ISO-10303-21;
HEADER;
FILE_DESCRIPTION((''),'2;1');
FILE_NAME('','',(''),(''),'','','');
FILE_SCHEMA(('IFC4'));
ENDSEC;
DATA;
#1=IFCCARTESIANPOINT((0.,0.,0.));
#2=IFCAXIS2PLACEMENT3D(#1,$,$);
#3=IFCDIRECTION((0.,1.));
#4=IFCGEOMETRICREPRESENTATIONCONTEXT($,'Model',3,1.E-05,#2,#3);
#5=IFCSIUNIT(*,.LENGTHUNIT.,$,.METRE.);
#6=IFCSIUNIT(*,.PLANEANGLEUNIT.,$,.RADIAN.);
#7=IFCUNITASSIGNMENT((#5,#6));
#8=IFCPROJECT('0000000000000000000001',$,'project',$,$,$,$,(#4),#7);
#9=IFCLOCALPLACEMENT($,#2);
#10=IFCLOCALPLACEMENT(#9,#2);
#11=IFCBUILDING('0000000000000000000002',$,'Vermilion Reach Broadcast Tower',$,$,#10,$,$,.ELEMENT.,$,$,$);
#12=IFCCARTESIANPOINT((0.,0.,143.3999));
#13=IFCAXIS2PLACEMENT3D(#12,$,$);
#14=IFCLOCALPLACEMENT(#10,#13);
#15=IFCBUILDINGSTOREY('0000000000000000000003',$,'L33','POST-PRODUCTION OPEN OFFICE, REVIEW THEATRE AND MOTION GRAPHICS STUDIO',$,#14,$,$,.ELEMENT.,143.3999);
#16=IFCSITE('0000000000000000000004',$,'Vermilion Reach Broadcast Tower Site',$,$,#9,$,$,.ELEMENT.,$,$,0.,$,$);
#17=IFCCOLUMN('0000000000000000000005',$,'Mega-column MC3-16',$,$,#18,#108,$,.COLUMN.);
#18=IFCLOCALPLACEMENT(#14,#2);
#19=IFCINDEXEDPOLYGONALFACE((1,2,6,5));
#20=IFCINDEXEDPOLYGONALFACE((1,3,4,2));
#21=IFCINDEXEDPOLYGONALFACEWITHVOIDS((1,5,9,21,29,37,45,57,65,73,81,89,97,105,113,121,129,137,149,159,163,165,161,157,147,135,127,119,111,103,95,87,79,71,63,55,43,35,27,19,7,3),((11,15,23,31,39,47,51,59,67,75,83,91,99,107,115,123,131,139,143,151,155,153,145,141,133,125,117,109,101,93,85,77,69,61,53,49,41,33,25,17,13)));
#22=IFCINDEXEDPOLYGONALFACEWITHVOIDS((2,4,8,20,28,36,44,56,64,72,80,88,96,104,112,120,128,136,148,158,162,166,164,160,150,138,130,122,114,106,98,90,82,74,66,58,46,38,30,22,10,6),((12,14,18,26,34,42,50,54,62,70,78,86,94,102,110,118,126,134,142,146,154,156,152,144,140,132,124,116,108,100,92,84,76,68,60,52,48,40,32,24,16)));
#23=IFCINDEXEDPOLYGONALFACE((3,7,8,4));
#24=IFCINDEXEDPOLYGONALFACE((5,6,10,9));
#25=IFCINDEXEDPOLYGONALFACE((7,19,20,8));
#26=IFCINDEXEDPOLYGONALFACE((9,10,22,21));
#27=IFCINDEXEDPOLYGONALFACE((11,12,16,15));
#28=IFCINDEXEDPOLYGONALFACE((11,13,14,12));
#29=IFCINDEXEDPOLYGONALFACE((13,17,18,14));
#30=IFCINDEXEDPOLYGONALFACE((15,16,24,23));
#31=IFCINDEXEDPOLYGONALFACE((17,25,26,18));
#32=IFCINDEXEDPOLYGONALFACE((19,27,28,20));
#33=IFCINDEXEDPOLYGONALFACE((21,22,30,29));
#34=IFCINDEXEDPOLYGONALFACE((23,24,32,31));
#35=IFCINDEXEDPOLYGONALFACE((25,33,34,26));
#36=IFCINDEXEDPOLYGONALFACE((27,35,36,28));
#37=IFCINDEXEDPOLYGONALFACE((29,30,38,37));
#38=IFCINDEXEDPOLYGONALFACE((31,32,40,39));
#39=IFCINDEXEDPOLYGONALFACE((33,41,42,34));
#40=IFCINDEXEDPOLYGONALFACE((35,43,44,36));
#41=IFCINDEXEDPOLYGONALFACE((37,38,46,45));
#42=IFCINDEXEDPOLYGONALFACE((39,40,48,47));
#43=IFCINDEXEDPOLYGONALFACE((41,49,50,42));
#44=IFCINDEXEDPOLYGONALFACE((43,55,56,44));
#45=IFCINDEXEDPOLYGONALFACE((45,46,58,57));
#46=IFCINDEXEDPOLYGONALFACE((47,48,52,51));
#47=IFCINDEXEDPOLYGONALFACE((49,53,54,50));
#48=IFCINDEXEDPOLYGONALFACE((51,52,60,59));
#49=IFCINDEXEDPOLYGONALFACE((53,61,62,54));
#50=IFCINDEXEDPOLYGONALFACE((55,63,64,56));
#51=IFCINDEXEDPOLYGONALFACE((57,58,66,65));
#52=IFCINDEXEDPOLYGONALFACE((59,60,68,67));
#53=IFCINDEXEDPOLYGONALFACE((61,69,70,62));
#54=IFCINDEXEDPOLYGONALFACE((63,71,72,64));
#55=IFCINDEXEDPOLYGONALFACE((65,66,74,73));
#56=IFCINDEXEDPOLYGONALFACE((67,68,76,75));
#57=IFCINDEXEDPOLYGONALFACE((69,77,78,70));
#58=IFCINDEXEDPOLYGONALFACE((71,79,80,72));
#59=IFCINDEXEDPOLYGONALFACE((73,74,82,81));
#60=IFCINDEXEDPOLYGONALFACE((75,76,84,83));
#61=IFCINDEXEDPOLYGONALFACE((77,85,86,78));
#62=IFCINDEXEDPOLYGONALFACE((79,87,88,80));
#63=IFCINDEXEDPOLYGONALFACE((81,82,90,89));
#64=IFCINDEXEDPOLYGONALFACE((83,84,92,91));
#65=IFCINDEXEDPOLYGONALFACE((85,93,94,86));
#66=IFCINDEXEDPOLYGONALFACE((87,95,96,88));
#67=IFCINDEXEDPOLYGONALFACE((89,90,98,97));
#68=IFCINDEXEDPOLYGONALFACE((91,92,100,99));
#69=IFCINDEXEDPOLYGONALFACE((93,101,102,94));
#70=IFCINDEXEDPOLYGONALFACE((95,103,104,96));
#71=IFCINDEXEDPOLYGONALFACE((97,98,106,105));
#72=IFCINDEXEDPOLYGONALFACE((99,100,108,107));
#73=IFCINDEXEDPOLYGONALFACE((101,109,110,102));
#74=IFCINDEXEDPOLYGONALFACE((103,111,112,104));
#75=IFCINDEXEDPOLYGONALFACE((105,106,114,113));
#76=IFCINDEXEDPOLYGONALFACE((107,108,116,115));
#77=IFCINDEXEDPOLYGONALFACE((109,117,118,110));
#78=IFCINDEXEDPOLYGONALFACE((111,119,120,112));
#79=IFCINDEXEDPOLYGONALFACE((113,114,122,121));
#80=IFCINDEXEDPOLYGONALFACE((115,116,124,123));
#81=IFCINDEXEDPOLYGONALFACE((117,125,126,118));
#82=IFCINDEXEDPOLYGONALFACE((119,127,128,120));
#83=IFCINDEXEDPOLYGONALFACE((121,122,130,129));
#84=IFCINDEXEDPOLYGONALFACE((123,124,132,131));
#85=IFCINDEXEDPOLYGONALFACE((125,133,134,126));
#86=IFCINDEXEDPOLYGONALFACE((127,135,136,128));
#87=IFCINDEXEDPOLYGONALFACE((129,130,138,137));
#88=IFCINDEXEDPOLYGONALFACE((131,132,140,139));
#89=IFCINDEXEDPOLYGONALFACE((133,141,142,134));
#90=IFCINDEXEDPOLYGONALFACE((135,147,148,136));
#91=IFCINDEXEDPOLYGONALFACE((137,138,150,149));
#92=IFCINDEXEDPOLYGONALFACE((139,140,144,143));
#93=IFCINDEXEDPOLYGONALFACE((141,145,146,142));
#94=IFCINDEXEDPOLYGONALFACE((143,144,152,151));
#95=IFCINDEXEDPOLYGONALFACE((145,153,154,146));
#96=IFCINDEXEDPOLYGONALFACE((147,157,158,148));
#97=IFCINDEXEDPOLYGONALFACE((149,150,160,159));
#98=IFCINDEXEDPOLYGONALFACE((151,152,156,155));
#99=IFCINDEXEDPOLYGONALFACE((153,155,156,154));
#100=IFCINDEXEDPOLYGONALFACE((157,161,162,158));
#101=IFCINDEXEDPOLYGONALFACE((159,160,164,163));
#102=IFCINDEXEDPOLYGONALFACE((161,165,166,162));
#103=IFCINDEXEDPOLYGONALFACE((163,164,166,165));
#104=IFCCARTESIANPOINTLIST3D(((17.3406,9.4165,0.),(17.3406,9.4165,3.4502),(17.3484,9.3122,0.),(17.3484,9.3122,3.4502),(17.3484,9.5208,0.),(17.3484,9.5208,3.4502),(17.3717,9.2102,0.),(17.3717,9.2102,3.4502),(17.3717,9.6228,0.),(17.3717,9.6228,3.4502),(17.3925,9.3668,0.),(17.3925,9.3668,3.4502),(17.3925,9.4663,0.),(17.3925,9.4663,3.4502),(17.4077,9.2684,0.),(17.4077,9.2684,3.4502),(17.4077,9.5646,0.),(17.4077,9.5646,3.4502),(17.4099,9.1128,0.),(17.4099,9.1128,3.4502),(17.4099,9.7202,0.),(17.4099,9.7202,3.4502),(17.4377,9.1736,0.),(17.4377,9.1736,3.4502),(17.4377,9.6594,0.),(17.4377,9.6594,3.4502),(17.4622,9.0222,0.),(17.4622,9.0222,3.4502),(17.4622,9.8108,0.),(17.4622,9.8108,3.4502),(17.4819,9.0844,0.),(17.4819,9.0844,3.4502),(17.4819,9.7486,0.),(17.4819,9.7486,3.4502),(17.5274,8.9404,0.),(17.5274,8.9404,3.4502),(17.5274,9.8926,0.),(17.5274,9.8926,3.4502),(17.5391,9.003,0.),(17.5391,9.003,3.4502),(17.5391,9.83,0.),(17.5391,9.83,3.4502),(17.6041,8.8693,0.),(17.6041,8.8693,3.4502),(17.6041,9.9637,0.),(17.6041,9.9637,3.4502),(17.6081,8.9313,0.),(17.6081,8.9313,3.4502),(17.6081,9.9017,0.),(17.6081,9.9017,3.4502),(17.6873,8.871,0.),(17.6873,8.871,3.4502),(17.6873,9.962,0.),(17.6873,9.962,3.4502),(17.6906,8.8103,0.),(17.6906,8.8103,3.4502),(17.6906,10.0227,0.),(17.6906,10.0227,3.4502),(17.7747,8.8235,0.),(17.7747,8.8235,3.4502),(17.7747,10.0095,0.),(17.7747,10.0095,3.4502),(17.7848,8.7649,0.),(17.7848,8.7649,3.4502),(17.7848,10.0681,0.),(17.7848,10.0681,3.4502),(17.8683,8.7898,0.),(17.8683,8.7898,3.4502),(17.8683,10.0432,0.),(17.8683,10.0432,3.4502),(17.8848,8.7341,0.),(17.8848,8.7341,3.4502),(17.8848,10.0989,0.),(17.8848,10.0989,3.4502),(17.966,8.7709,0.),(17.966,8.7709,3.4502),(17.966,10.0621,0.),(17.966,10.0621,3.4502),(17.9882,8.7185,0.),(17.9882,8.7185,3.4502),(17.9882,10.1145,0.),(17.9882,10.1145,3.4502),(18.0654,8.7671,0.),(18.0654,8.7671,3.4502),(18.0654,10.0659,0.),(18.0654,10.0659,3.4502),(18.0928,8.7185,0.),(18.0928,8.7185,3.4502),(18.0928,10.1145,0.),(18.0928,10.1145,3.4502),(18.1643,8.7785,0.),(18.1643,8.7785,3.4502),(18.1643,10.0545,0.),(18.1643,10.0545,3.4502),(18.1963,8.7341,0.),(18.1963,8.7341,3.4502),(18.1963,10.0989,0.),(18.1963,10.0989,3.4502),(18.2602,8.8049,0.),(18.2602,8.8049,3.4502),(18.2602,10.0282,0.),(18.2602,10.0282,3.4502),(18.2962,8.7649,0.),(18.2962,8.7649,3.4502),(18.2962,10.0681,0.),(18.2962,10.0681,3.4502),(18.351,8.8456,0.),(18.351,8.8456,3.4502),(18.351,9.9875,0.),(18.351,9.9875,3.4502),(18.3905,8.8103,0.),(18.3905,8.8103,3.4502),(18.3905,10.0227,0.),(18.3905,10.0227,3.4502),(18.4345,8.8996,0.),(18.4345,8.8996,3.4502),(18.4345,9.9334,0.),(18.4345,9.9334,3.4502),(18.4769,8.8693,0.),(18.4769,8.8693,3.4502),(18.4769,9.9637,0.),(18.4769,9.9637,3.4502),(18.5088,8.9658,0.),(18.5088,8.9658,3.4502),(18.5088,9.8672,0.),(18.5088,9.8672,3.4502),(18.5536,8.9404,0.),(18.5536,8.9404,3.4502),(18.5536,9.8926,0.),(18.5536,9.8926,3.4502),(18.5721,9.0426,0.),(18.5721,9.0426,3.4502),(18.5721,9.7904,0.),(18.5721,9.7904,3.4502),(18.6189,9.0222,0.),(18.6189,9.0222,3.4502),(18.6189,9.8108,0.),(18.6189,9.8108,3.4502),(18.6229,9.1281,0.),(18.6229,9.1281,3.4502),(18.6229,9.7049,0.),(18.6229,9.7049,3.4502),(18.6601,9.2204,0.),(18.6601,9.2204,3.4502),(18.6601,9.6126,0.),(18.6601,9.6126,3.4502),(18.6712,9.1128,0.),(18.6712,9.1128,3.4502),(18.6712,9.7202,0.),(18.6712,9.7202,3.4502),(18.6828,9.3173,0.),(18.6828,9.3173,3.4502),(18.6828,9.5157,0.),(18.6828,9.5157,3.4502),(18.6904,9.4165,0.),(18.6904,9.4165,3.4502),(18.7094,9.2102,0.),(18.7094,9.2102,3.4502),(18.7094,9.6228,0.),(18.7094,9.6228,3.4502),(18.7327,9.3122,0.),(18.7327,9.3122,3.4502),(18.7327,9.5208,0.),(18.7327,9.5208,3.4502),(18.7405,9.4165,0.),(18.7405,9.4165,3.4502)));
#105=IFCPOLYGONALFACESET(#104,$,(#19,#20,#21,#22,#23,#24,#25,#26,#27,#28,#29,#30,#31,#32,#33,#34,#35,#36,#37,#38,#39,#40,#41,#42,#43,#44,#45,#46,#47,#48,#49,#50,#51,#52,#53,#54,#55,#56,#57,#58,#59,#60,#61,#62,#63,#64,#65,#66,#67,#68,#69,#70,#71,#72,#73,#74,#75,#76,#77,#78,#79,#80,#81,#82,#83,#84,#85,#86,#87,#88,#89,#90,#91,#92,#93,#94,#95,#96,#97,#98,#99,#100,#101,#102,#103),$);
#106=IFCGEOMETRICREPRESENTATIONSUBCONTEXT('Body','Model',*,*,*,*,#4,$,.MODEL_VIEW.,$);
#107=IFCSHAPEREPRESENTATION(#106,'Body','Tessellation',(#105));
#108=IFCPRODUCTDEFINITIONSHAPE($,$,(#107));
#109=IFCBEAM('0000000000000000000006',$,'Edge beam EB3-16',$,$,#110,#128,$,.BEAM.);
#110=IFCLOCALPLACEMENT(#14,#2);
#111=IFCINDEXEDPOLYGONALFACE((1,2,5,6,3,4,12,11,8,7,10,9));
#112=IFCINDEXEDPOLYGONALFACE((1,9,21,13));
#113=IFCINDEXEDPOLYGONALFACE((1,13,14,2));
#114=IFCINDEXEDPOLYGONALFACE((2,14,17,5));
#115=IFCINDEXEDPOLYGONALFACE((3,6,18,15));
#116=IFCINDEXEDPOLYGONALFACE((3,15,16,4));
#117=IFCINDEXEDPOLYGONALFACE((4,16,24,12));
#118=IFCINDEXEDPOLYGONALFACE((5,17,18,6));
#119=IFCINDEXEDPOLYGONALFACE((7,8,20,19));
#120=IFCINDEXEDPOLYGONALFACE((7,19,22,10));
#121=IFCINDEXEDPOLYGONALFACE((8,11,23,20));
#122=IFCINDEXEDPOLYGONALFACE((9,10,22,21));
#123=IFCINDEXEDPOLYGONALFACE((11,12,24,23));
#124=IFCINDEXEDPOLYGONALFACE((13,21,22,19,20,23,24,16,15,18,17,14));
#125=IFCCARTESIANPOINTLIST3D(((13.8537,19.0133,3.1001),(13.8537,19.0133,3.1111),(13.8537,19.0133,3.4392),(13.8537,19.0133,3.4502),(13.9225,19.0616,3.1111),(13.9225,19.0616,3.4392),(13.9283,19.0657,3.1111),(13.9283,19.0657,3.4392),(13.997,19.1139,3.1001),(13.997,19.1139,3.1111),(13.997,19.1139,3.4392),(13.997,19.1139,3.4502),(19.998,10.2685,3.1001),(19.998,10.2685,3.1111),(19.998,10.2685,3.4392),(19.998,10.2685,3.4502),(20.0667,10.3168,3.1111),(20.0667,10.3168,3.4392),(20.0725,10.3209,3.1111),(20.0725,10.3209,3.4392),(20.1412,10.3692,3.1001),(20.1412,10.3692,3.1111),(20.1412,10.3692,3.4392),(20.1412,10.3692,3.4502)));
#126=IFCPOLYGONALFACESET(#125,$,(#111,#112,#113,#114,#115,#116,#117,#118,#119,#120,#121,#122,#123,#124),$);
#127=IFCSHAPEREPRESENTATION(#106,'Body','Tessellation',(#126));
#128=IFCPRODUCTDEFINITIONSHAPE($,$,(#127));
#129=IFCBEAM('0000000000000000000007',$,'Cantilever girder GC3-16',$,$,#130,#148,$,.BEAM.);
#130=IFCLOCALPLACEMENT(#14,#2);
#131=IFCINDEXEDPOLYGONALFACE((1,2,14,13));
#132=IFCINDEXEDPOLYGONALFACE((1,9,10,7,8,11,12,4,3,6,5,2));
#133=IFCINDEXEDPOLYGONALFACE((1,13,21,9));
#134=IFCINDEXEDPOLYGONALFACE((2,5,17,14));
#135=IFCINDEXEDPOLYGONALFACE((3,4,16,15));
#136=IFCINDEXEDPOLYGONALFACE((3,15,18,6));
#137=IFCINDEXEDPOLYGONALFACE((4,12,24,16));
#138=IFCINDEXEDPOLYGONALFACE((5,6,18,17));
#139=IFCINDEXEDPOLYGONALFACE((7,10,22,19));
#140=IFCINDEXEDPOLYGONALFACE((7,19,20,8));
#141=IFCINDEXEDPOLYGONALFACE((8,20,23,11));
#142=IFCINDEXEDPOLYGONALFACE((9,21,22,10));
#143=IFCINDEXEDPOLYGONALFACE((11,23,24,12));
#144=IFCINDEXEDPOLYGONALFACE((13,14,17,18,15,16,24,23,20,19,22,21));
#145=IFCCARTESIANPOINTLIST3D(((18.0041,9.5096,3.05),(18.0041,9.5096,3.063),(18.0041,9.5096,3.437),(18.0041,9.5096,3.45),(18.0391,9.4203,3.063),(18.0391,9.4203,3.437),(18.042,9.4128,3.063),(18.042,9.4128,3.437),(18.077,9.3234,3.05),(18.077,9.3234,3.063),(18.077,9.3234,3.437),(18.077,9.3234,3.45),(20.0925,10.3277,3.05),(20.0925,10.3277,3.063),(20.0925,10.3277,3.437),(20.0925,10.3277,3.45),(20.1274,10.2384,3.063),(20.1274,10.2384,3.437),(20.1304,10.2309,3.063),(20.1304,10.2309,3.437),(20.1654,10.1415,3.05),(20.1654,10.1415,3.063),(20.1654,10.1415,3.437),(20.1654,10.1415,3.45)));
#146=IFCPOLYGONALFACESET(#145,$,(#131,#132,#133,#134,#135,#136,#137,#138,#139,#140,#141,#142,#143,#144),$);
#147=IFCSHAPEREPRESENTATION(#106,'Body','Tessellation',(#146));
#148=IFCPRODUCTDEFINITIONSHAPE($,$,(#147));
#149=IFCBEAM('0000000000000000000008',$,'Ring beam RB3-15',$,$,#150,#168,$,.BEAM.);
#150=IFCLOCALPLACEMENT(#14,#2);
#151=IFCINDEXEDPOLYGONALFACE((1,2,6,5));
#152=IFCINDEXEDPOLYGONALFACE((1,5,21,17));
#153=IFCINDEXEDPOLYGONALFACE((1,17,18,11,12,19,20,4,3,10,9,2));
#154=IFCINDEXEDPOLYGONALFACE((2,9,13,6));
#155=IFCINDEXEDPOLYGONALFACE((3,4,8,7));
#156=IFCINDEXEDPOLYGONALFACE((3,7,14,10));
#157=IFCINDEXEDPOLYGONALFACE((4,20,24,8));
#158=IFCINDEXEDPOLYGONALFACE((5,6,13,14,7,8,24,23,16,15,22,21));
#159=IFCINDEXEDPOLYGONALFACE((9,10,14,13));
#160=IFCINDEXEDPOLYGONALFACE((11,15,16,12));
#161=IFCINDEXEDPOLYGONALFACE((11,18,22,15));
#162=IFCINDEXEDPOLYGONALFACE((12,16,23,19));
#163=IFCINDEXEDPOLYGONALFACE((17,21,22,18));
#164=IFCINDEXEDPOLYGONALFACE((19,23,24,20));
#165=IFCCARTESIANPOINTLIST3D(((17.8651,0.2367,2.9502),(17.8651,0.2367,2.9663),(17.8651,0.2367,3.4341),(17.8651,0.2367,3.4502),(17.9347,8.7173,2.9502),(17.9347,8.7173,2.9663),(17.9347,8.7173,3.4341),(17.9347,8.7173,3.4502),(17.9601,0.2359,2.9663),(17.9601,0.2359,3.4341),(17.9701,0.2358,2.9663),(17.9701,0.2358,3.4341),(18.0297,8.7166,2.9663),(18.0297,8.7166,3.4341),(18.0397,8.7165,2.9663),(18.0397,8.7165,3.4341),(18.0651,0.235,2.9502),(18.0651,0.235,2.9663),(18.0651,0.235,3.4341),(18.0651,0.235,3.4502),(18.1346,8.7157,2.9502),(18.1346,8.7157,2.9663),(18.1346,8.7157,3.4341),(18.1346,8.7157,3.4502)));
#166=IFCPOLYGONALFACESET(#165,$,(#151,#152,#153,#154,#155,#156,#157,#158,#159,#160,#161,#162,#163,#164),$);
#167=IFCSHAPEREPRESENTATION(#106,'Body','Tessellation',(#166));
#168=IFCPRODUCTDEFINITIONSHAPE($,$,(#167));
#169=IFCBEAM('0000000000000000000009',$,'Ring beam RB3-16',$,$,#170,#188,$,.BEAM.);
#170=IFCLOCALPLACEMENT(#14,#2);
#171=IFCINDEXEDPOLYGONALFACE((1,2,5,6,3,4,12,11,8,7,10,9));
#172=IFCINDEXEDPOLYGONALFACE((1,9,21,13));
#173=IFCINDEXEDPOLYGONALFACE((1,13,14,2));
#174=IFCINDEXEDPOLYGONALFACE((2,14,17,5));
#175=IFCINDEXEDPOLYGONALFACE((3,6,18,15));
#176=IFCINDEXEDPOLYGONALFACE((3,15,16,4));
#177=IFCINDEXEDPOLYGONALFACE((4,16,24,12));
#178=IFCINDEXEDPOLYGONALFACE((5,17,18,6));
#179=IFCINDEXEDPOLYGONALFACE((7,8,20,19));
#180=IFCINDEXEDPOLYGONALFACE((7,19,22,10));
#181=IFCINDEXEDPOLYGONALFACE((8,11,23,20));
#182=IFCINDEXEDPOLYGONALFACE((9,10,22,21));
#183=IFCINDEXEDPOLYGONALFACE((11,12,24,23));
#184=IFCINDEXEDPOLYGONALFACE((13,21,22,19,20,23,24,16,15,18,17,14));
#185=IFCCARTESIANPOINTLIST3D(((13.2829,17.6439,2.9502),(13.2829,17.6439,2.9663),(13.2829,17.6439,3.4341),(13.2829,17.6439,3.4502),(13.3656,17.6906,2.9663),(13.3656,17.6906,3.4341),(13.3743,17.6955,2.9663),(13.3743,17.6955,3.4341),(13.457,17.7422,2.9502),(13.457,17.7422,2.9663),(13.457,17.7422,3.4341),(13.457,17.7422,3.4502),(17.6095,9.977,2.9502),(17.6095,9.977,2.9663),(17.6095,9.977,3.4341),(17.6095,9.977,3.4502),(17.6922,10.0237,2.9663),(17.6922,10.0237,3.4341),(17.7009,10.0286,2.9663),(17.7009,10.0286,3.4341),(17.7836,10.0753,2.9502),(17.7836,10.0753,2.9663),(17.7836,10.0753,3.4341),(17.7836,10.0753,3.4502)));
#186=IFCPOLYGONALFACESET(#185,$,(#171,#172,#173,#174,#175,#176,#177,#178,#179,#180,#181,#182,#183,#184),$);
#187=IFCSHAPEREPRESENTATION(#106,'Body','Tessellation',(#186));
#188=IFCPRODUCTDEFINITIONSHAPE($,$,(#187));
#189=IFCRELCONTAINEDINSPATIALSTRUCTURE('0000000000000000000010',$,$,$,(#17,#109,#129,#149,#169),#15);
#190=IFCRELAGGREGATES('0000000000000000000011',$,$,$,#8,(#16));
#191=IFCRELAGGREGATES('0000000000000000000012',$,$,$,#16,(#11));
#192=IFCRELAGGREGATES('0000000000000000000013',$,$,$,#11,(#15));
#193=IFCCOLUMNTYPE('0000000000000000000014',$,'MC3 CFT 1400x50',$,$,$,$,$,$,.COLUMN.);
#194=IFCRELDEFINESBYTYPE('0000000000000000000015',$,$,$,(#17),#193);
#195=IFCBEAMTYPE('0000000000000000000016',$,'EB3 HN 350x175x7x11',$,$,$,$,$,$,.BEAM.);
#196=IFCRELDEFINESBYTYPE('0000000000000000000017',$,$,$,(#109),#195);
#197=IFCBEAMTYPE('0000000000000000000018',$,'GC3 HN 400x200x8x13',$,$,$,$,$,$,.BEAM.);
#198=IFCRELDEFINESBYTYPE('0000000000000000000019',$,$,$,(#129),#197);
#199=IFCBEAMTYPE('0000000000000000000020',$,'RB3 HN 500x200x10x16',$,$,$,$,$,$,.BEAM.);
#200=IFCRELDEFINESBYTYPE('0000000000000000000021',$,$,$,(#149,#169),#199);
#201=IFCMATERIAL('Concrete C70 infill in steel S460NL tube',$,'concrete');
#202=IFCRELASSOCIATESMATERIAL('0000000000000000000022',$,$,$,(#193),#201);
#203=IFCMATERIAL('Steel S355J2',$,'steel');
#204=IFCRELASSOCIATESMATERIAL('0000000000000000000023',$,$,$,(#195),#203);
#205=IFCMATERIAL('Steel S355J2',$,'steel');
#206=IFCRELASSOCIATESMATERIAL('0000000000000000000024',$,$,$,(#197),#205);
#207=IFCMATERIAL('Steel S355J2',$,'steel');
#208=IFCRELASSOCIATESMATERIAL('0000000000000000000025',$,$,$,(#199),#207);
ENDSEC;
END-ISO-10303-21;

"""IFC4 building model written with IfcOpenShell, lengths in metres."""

from ifc_helpers import new_model, si_unit, direction, frame, origin, origin_2d, place, context, subcontext, project, spatial, hollow_circle, i_section, extrude, material, material_profile, profile_set, type_object, element, save


model = new_model("IFC4")

# Units and contexts
model_context = context("Model", 3, precision=1e-05, world=origin(), true_north=direction((0.0, 1.0)))
body_context = subcontext(model_context, "Body", "Model", "MODEL_VIEW")
ifc_project = project(units=[si_unit("LENGTHUNIT", "METRE"), si_unit("PLANEANGLEUNIT", "RADIAN")], contexts=[model_context])

# Site, building, storey
site_placement = place(None, origin())
site = spatial("IfcSite", under=ifc_project, at=site_placement, Name="Vermilion Reach Broadcast Tower Site", CompositionType="ELEMENT", RefElevation=0.0)
building_placement = place(site_placement, origin())
building = spatial("IfcBuilding", under=site, at=building_placement, Name="Vermilion Reach Broadcast Tower", CompositionType="ELEMENT")
storey_placement = place(building_placement, frame((0.0, 0.0, 143.3999)))
storey = spatial("IfcBuildingStorey", under=building, at=storey_placement, Name="L33", Description="POST-PRODUCTION OPEN OFFICE, REVIEW THEATRE AND MOTION GRAPHICS STUDIO", CompositionType="ELEMENT", Elevation=143.3999)

# Column
ifc_material_1 = material(Name="Concrete C70 infill in steel S460NL tube", Category="concrete")
ifc_material_profile_1 = material_profile(ifc_material_1, hollow_circle(Radius=0.7, WallThickness=0.05, at=origin_2d()), Name="Concrete C70 infill in steel S460NL tube CFT 1400x50")
ifc_profile_set_1 = profile_set([ifc_material_profile_1], Name="Concrete C70 infill in steel S460NL tube")
column_type = type_object("IfcColumnType", Name="MC3 CFT 1400x50", PredefinedType="COLUMN", material=ifc_profile_set_1)
column_placement = place(storey_placement, frame((18.0405, 9.4165, 0.0), z_axis=(0.0, 0.0, 1.0), x_axis=(1.0, 0.0, 0.0)))
element("IfcColumn", 1, at=column_placement, inside=storey, type_object=column_type, Name="Mega-column MC3-16", PredefinedType="COLUMN", context=body_context, shape_type="SweptSolid", body=[
    extrude(hollow_circle(Radius=0.7, WallThickness=0.05, at=origin_2d()), origin(), (0.0, 0.0, 1.0), 3.4502),
])

# Beams
ifc_material_2 = material(Name="Steel S355J2", Category="steel")
ifc_material_profile_2 = material_profile(ifc_material_2, i_section(OverallWidth=0.175, OverallDepth=0.3501, WebThickness=0.0071, FlangeThickness=0.011, at=origin_2d()), Name="S355J2 HN 350x175x7x11")
ifc_profile_set_2 = profile_set([ifc_material_profile_2], Name="Steel S355J2")
beam_type_1 = type_object("IfcBeamType", Name="EB3 HN 350x175x7x11", PredefinedType="BEAM", material=ifc_profile_set_2)
beam_1_placement = place(storey_placement, frame((20.0696, 10.3188, 3.2751), z_axis=(-0.574898, 0.818225, 0.0), x_axis=(-0.818225, -0.574898, 0.0)))
element("IfcBeam", 2, at=beam_1_placement, inside=storey, type_object=beam_type_1, Name="Edge beam EB3-16", PredefinedType="BEAM", context=body_context, shape_type="SweptSolid", body=[
    extrude(i_section(OverallWidth=0.175, OverallDepth=0.3501, WebThickness=0.0071, FlangeThickness=0.011, at=origin_2d()), origin(), (0.0, 0.0, 1.0), 10.6875),
])
ifc_material_3 = material(Name="Steel S355J2", Category="steel")
ifc_material_profile_3 = material_profile(ifc_material_3, i_section(OverallWidth=0.2, OverallDepth=0.3999, WebThickness=0.0081, FlangeThickness=0.0129, at=origin_2d()), Name="S355J2 HN 400x200x8x13")
ifc_profile_set_3 = profile_set([ifc_material_profile_3], Name="Steel S355J2")
beam_type_2 = type_object("IfcBeamType", Name="GC3 HN 400x200x8x13", PredefinedType="BEAM", material=ifc_profile_set_3)
beam_2_placement = place(storey_placement, frame((18.0405, 9.4165, 3.25), z_axis=(0.931103, 0.364756, 0.0), x_axis=(-0.364756, 0.931103, 0.0)))
element("IfcBeam", 3, at=beam_2_placement, inside=storey, type_object=beam_type_2, Name="Cantilever girder GC3-16", PredefinedType="BEAM", context=body_context, shape_type="SweptSolid", body=[
    extrude(i_section(OverallWidth=0.2, OverallDepth=0.3999, WebThickness=0.0081, FlangeThickness=0.0129, at=origin_2d()), origin(), (0.0, 0.0, 1.0), 2.2429),
])
ifc_material_4 = material(Name="Steel S355J2", Category="steel")
ifc_material_profile_4 = material_profile(ifc_material_4, i_section(OverallWidth=0.2, OverallDepth=0.5, WebThickness=0.01, FlangeThickness=0.0161, at=origin_2d()), Name="S355J2 HN 500x200x10x16")
ifc_profile_set_4 = profile_set([ifc_material_profile_4], Name="Steel S355J2")
beam_type_3 = type_object("IfcBeamType", Name="RB3 HN 500x200x10x16", PredefinedType="BEAM", material=ifc_profile_set_4)
beam_3_placement = place(storey_placement, frame((17.9651, 0.2358, 3.2002), z_axis=(0.008204, 0.999966, 0.0), x_axis=(-0.999966, 0.008204, 0.0)))
element("IfcBeam", 4, at=beam_3_placement, inside=storey, type_object=beam_type_3, Name="Ring beam RB3-15", PredefinedType="BEAM", context=body_context, shape_type="SweptSolid", body=[
    extrude(i_section(OverallWidth=0.2, OverallDepth=0.5, WebThickness=0.01, FlangeThickness=0.0161, at=origin_2d()), origin(), (0.0, 0.0, 1.0), 8.481),
])
beam_4_placement = place(storey_placement, frame((17.6965, 10.0261, 3.2002), z_axis=(-0.491467, 0.870896, 0.0), x_axis=(-0.870896, -0.491467, 0.0)))
element("IfcBeam", 5, at=beam_4_placement, inside=storey, type_object=beam_type_3, Name="Ring beam RB3-16", PredefinedType="BEAM", context=body_context, shape_type="SweptSolid", body=[
    extrude(i_section(OverallWidth=0.2, OverallDepth=0.5, WebThickness=0.01, FlangeThickness=0.0161, at=origin_2d()), origin(), (0.0, 0.0, 1.0), 8.8035),
])

save(model, "model.ifc")
